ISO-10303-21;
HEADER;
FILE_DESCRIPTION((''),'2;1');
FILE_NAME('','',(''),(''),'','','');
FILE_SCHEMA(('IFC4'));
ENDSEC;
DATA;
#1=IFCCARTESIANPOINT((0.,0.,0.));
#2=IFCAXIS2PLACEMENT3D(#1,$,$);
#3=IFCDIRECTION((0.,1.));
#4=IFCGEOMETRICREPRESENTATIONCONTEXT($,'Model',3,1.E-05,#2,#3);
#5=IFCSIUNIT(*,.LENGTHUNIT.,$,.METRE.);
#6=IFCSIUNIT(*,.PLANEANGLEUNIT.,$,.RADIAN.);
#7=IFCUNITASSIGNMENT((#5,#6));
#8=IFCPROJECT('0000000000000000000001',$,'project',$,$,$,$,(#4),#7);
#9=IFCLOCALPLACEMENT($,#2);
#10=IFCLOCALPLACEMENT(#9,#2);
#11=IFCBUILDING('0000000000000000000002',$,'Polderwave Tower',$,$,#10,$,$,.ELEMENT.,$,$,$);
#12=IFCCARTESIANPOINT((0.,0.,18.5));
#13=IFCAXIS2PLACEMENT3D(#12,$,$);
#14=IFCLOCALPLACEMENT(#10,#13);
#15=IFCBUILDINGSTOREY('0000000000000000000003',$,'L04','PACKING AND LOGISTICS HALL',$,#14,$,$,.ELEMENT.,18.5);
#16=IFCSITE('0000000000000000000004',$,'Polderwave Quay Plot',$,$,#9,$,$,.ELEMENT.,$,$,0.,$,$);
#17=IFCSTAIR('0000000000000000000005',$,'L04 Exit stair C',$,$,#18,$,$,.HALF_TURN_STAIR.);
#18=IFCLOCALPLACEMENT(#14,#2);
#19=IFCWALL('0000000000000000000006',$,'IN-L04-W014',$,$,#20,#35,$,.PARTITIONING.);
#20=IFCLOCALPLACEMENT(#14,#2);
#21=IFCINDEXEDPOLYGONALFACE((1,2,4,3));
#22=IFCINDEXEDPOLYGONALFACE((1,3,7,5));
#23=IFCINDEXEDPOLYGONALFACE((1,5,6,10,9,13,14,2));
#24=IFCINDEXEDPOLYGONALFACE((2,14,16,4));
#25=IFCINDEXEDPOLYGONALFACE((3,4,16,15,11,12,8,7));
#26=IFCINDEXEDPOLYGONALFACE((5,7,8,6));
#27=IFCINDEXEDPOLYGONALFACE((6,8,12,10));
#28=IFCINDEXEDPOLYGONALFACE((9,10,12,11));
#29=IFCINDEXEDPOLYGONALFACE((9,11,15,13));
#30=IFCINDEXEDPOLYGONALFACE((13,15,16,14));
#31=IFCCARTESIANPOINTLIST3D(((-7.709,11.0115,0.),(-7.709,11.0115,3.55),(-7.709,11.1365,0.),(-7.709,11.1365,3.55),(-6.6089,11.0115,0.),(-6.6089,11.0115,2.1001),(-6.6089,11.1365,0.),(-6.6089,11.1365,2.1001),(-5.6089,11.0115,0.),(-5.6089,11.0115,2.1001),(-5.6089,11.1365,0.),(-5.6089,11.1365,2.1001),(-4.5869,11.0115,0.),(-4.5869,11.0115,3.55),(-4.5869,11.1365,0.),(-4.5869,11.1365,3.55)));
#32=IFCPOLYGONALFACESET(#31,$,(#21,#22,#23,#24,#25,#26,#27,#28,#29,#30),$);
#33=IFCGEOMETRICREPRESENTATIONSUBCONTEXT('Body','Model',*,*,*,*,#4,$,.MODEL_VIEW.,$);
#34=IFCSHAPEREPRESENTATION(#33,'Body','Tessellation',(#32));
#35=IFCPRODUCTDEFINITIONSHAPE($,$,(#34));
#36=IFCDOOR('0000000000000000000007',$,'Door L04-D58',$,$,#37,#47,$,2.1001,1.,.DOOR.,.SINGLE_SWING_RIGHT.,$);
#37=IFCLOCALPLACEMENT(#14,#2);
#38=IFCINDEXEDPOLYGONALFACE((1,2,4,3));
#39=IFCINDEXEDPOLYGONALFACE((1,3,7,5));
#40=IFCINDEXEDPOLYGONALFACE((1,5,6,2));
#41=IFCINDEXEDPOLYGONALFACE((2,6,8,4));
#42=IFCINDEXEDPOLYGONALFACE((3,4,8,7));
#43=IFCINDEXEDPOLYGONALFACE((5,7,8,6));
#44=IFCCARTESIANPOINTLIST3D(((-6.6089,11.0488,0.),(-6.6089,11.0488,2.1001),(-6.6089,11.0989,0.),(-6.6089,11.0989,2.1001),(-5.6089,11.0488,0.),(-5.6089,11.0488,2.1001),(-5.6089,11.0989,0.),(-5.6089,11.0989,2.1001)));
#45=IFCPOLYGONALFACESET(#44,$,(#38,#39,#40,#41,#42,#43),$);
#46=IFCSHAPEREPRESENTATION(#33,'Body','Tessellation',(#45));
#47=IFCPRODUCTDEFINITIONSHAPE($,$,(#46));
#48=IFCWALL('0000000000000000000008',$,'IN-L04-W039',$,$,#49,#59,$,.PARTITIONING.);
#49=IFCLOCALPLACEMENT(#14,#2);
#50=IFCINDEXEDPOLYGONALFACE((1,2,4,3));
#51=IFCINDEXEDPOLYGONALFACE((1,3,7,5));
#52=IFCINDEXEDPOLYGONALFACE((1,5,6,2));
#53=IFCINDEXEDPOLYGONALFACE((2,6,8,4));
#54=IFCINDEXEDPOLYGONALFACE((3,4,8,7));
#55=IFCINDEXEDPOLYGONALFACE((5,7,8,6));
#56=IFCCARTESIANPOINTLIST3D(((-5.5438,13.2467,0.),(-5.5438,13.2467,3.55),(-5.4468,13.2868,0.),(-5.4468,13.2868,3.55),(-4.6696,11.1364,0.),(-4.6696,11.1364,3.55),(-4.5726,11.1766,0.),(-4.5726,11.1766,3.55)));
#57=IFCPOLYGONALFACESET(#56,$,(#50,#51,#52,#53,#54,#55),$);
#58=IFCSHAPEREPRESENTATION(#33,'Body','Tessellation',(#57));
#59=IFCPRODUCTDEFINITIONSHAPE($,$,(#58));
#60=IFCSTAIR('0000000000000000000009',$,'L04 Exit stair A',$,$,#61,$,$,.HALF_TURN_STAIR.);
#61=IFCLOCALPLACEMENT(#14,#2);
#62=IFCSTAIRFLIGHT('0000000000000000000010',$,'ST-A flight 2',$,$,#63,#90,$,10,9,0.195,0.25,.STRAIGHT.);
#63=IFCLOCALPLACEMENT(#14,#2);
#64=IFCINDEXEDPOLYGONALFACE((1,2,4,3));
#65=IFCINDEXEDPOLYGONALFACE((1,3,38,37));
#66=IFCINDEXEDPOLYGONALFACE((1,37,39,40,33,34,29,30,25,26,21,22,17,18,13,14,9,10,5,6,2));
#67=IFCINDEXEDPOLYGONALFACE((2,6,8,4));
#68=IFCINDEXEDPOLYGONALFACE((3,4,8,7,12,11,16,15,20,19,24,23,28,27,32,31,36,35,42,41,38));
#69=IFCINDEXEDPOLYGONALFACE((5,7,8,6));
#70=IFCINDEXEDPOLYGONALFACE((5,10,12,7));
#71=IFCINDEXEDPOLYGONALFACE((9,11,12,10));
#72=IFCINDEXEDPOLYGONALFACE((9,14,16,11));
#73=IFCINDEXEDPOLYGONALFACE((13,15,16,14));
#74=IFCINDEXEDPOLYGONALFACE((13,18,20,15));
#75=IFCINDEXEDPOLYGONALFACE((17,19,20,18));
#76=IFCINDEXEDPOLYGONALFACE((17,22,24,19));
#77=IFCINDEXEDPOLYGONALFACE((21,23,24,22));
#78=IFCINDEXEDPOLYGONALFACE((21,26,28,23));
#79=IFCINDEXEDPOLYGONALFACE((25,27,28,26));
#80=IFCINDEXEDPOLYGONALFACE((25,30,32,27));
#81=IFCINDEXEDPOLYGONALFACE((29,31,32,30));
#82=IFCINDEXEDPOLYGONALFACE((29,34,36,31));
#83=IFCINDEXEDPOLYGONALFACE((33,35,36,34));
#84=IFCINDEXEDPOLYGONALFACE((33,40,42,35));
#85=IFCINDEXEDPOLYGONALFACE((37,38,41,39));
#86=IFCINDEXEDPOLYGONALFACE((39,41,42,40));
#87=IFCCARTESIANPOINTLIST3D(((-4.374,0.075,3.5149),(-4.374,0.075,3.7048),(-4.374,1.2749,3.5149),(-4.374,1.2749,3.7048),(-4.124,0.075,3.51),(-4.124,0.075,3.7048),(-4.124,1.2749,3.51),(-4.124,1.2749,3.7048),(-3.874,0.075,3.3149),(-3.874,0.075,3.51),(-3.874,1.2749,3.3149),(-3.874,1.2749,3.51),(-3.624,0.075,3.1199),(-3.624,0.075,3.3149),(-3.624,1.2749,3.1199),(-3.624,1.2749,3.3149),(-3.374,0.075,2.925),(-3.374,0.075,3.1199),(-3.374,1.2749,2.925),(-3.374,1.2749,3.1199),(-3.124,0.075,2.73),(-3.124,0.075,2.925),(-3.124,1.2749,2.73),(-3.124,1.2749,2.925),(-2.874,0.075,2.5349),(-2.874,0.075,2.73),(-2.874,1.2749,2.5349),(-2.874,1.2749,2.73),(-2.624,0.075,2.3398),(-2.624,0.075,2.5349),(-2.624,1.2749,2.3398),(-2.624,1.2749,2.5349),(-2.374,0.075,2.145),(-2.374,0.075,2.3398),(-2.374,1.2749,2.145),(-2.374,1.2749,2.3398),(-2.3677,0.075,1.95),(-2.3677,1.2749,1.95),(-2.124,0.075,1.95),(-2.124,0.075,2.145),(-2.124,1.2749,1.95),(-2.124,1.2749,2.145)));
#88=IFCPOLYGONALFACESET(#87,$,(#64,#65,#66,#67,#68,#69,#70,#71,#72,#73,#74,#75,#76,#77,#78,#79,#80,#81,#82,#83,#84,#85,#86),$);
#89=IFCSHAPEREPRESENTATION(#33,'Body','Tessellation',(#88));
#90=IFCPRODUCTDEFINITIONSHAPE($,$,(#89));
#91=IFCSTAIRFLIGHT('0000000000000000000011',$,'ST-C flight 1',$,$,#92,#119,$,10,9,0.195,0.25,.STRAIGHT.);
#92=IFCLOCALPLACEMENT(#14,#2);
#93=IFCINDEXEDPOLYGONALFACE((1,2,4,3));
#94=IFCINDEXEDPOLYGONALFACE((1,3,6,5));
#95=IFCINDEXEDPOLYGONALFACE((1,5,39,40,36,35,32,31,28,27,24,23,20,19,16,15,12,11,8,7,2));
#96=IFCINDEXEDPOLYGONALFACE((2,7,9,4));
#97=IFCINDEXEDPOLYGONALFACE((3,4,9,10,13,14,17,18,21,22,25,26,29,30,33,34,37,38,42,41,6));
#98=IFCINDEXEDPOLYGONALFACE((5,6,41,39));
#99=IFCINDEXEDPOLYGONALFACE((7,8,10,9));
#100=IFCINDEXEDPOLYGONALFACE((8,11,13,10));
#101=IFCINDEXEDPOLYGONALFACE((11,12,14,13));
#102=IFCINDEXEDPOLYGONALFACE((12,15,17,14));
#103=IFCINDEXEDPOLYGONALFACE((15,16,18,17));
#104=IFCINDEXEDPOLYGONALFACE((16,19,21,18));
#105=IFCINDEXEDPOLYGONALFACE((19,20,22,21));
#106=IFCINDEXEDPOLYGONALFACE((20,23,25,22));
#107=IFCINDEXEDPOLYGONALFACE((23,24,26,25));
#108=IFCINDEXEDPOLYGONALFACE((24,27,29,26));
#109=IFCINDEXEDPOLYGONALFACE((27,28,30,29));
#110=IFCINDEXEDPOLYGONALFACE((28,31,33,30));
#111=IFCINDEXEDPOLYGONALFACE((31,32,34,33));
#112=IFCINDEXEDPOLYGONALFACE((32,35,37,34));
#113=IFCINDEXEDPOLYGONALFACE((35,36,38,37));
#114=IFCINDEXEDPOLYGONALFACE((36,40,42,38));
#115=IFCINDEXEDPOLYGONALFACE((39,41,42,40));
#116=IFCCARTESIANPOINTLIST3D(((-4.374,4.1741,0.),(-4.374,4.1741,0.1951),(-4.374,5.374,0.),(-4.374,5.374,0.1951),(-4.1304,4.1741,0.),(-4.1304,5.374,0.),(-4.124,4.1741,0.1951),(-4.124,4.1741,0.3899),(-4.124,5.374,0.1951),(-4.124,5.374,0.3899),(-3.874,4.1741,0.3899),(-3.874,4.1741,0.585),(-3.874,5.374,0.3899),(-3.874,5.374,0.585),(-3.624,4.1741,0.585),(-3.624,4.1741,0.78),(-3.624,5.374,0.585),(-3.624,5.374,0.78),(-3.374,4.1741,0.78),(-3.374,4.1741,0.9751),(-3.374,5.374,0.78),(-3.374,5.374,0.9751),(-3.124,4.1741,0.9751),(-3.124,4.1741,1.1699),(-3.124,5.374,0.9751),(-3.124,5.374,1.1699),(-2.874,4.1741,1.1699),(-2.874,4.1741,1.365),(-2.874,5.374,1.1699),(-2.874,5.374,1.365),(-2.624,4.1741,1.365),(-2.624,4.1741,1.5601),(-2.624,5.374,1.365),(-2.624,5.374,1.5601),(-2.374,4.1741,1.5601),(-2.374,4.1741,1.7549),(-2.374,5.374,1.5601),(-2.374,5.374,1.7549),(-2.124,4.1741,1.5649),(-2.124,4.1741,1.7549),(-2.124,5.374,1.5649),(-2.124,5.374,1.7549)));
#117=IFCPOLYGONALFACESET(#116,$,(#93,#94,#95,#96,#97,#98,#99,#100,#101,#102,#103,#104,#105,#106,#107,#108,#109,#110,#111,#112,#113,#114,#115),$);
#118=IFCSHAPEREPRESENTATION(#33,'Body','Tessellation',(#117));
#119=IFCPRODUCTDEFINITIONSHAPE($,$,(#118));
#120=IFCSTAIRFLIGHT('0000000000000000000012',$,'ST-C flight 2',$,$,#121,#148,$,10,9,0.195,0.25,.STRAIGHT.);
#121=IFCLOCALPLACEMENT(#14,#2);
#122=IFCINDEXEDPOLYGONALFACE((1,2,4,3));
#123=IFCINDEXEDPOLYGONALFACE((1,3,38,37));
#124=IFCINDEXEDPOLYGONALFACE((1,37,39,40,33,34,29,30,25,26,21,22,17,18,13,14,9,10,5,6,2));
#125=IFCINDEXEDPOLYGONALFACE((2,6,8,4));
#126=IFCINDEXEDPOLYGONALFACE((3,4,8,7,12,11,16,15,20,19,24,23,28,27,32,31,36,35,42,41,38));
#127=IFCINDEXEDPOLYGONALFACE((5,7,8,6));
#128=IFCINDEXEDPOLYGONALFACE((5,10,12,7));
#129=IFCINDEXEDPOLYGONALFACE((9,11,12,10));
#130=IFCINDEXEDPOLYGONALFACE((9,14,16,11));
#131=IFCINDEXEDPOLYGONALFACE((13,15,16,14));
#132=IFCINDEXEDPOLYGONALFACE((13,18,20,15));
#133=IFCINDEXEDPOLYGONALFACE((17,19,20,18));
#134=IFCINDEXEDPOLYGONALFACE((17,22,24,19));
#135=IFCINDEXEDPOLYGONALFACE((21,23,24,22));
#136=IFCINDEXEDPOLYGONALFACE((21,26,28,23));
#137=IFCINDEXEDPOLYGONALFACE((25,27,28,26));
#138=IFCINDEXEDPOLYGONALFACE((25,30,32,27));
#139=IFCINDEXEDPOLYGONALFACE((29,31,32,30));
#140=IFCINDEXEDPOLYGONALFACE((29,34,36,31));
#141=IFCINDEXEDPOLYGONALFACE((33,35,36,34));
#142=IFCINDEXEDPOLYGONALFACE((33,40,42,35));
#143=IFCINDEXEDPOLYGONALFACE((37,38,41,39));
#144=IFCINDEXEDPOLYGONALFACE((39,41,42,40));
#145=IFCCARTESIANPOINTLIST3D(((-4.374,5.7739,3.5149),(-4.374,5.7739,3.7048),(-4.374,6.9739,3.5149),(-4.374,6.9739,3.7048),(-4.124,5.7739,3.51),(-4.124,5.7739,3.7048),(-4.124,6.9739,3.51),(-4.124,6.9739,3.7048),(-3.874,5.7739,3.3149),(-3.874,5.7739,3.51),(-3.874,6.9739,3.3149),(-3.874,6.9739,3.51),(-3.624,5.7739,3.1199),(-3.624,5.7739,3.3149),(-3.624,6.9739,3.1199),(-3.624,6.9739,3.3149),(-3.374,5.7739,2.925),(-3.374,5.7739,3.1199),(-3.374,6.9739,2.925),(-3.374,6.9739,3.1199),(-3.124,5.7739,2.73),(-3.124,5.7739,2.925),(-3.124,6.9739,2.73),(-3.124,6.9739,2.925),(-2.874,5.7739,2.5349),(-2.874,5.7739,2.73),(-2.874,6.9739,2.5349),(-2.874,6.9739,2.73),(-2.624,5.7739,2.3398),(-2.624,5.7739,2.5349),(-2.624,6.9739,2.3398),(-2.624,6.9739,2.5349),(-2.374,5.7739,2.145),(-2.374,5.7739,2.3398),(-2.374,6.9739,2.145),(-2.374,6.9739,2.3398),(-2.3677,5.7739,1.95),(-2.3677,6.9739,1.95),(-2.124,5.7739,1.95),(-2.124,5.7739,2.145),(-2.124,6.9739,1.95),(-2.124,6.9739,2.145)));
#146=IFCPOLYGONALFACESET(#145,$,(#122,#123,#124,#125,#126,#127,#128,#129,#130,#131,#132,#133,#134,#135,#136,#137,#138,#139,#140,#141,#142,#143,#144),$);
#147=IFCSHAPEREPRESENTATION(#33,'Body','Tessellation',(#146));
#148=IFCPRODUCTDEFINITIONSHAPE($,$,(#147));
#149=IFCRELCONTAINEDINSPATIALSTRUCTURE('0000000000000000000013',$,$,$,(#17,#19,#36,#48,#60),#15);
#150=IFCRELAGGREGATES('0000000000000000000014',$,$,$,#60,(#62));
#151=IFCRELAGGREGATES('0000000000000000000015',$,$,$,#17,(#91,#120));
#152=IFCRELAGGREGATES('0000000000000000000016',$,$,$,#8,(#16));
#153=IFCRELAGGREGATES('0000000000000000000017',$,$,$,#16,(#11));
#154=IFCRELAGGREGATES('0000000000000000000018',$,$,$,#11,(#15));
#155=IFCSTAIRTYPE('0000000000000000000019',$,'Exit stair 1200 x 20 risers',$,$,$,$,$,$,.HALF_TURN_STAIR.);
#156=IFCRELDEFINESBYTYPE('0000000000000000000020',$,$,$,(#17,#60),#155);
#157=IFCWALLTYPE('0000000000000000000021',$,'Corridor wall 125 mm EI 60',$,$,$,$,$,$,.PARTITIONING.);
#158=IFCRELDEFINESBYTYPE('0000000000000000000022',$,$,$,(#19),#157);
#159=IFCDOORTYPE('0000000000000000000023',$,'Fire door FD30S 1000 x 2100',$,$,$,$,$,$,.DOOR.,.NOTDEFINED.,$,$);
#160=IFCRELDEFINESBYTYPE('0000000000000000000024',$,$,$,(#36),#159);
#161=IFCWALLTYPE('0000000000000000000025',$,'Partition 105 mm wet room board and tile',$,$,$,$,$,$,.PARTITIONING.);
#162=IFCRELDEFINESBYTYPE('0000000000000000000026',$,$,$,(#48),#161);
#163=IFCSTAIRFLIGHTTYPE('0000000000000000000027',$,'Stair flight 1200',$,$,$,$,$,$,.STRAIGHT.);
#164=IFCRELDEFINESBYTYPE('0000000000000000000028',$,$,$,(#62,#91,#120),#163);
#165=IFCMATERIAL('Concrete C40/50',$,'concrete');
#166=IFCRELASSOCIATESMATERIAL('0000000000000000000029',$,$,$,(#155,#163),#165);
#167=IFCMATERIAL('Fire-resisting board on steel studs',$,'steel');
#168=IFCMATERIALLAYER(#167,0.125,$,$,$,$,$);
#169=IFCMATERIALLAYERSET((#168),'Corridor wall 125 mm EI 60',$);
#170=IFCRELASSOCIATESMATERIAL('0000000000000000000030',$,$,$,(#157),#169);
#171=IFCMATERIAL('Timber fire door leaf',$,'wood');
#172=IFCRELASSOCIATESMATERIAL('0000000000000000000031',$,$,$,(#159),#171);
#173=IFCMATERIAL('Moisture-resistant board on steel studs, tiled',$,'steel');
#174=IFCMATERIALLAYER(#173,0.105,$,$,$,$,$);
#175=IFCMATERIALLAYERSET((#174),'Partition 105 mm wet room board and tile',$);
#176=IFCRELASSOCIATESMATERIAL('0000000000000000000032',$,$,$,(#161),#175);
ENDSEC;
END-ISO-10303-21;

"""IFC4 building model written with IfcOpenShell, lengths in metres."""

from ifc_helpers import new_model, si_unit, direction, frame, frame_2d, origin, place, context, subcontext, project, spatial, polyline, rectangle, outline, extrude, material, layer, layer_set, type_object, element, fill, aggregate, save


model = new_model("IFC4")

# Units and contexts
model_context = context("Model", 3, precision=1e-05, world=origin(), true_north=direction((0.0, 1.0)))
body_context = subcontext(model_context, "Body", "Model", "MODEL_VIEW")
ifc_project = project(units=[si_unit("LENGTHUNIT", "METRE"), si_unit("PLANEANGLEUNIT", "RADIAN")], contexts=[model_context])

# Site, building, storey
site_placement = place(None, origin())
site = spatial("IfcSite", under=ifc_project, at=site_placement, Name="Polderwave Quay Plot", CompositionType="ELEMENT", RefElevation=0.0)
building_placement = place(site_placement, origin())
building = spatial("IfcBuilding", under=site, at=building_placement, Name="Polderwave Tower", CompositionType="ELEMENT")
storey_placement = place(building_placement, frame((0.0, 0.0, 18.5)))
storey = spatial("IfcBuildingStorey", under=building, at=storey_placement, Name="L04", Description="PACKING AND LOGISTICS HALL", CompositionType="ELEMENT", Elevation=18.5)

# Shared definitions
ifc_material_1 = material(Name="Concrete C40/50", Category="concrete")

# Stair
stair_type = type_object("IfcStairType", Name="Exit stair 1200 x 20 risers", PredefinedType="HALF_TURN_STAIR", material=ifc_material_1)
stair_1_placement = place(storey_placement, origin())
stair_1 = element("IfcStair", 1, at=stair_1_placement, inside=storey, type_object=stair_type, Name="L04 Exit stair C", PredefinedType="HALF_TURN_STAIR")

# Wall, opening, door
ifc_material_2 = material(Name="Fire-resisting board on steel studs", Category="steel")
ifc_layer_1 = layer(ifc_material_2, 0.125)
ifc_layer_set_1 = layer_set([ifc_layer_1], Name="Corridor wall 125 mm EI 60")
wall_type_1 = type_object("IfcWallType", Name="Corridor wall 125 mm EI 60", PredefinedType="PARTITIONING", material=ifc_layer_set_1)
ifc_material_3 = material(Name="Timber fire door leaf", Category="wood")
door_type_1 = type_object("IfcDoorType", Name="Fire door FD30S 1000 x 2100", OperationType="NOTDEFINED", PredefinedType="DOOR", material=ifc_material_3)
wall_1_placement = place(storey_placement, frame((-7.709, 11.074, 0.0), z_axis=(0.0, 0.0, 1.0), x_axis=(1.0, 0.0, 0.0)))
wall_1 = element("IfcWall", 2, at=wall_1_placement, inside=storey, type_object=wall_type_1, Name="IN-L04-W014", PredefinedType="PARTITIONING", context=body_context, shape_type="SweptSolid", body=[
    extrude(rectangle(XDim=3.1221, YDim=0.125, at=frame_2d((1.561, 0.0))), origin(), (0.0, 0.0, 1.0), 3.55),
])
opening_1_placement = place(wall_1_placement, frame((1.1001, 0.0, 0.0)))
opening_1 = element("IfcOpeningElement", 3, at=opening_1_placement, cuts=wall_1, PredefinedType="OPENING", context=body_context, shape_type="SweptSolid", body=[
    extrude(rectangle(XDim=1.0, YDim=2.1001, at=frame_2d((0.5, 1.05))), frame((0.0, 0.0725, 0.0), z_axis=(0.0, -1.0, 0.0), x_axis=(1.0, 0.0, 0.0)), (0.0, 0.0, 1.0), 0.145),
])
door_1_placement = place(opening_1_placement, origin())
door_1 = element("IfcDoor", 4, at=door_1_placement, inside=storey, type_object=door_type_1, Name="Door L04-D58", OperationType="SINGLE_SWING_RIGHT", OverallHeight=2.1001, OverallWidth=1.0, PredefinedType="DOOR", context=body_context, shape_type="SweptSolid", body=[
    extrude(rectangle(XDim=1.0, YDim=2.1001, at=frame_2d((0.5, 1.05))), frame((0.0, 0.0249, 0.0), z_axis=(0.0, -1.0, 0.0), x_axis=(1.0, 0.0, 0.0)), (0.0, 0.0, 1.0), 0.05),
])
fill(opening_1, door_1)

# Wall
ifc_material_4 = material(Name="Moisture-resistant board on steel studs, tiled", Category="steel")
ifc_layer_2 = layer(ifc_material_4, 0.105)
ifc_layer_set_2 = layer_set([ifc_layer_2], Name="Partition 105 mm wet room board and tile")
wall_type_2 = type_object("IfcWallType", Name="Partition 105 mm wet room board and tile", PredefinedType="PARTITIONING", material=ifc_layer_set_2)
wall_2_placement = place(storey_placement, frame((-4.6211, 11.1565, 0.0), z_axis=(0.0, 0.0, 1.0), x_axis=(-0.382733, 0.923859, 0.0)))
element("IfcWall", 5, at=wall_2_placement, inside=storey, type_object=wall_type_2, Name="IN-L04-W039", PredefinedType="PARTITIONING", context=body_context, shape_type="SweptSolid", body=[
    extrude(rectangle(XDim=2.2842, YDim=0.105, at=frame_2d((1.1421, 0.0))), origin(), (0.0, 0.0, 1.0), 3.55),
])

# Stair, stair flight
stair_2_placement = place(storey_placement, origin())
stair_2 = element("IfcStair", 6, at=stair_2_placement, inside=storey, type_object=stair_type, Name="L04 Exit stair A", PredefinedType="HALF_TURN_STAIR")
stair_flight_type = type_object("IfcStairFlightType", Name="Stair flight 1200", PredefinedType="STRAIGHT", material=ifc_material_1)
stair_flight_1_placement = place(storey_placement, frame((-2.124, 0.675, 1.95), z_axis=(0.0, 0.0, 1.0), x_axis=(-1.0, 0.0, 0.0)))
stair_flight_1 = element("IfcStairFlight", 7, at=stair_flight_1_placement, type_object=stair_flight_type, Name="ST-A flight 2", NumberOfRisers=10, NumberOfTreads=9, PredefinedType="STRAIGHT", RiserHeight=0.195, TreadLength=0.25, context=body_context, shape_type="SweptSolid", body=[
    extrude(outline(polyline([(0.0, 0.0), (0.0, 0.1951), (0.25, 0.1951), (0.25, 0.3899), (0.5, 0.3899), (0.5, 0.585), (0.75, 0.585), (0.75, 0.78), (1.0, 0.78), (1.0, 0.9751), (1.25, 0.9751), (1.25, 1.1699), (1.5, 1.1699), (1.5, 1.365), (1.75, 1.365), (1.75, 1.5601), (2.0, 1.5601), (2.0, 1.7549), (2.25, 1.7549), (2.25, 1.95), (2.25, 1.5649), (0.2437, 0.0), (0.0, 0.0)])), frame((0.0, 0.6001, 0.0), z_axis=(0.0, -1.0, 0.0), x_axis=(1.0, 0.0, 0.0)), (0.0, 0.0, 1.0), 1.2),
])
aggregate(stair_2, [stair_flight_1])

# Stair flights
stair_flight_2_placement = place(storey_placement, frame((-4.374, 4.7739, 0.0), z_axis=(0.0, 0.0, 1.0), x_axis=(1.0, 0.0, 0.0)))
stair_flight_2 = element("IfcStairFlight", 8, at=stair_flight_2_placement, type_object=stair_flight_type, Name="ST-C flight 1", NumberOfRisers=10, NumberOfTreads=9, PredefinedType="STRAIGHT", RiserHeight=0.195, TreadLength=0.25, context=body_context, shape_type="SweptSolid", body=[
    extrude(outline(polyline([(0.0, 0.0), (0.0, 0.1951), (0.25, 0.1951), (0.25, 0.3899), (0.5, 0.3899), (0.5, 0.585), (0.75, 0.585), (0.75, 0.78), (1.0, 0.78), (1.0, 0.9751), (1.25, 0.9751), (1.25, 1.1699), (1.5, 1.1699), (1.5, 1.365), (1.75, 1.365), (1.75, 1.5601), (2.0, 1.5601), (2.0, 1.7549), (2.25, 1.7549), (2.25, 1.95), (2.25, 1.5649), (0.2437, 0.0), (0.0, 0.0)])), frame((0.0, 0.6001, 0.0), z_axis=(0.0, -1.0, 0.0), x_axis=(1.0, 0.0, 0.0)), (0.0, 0.0, 1.0), 1.2),
])
stair_flight_3_placement = place(storey_placement, frame((-2.124, 6.374, 1.95), z_axis=(0.0, 0.0, 1.0), x_axis=(-1.0, 0.0, 0.0)))
stair_flight_3 = element("IfcStairFlight", 9, at=stair_flight_3_placement, type_object=stair_flight_type, Name="ST-C flight 2", NumberOfRisers=10, NumberOfTreads=9, PredefinedType="STRAIGHT", RiserHeight=0.195, TreadLength=0.25, context=body_context, shape_type="SweptSolid", body=[
    extrude(outline(polyline([(0.0, 0.0), (0.0, 0.1951), (0.25, 0.1951), (0.25, 0.3899), (0.5, 0.3899), (0.5, 0.585), (0.75, 0.585), (0.75, 0.78), (1.0, 0.78), (1.0, 0.9751), (1.25, 0.9751), (1.25, 1.1699), (1.5, 1.1699), (1.5, 1.365), (1.75, 1.365), (1.75, 1.5601), (2.0, 1.5601), (2.0, 1.7549), (2.25, 1.7549), (2.25, 1.95), (2.25, 1.5649), (0.2437, 0.0), (0.0, 0.0)])), frame((0.0, 0.6001, 0.0), z_axis=(0.0, -1.0, 0.0), x_axis=(1.0, 0.0, 0.0)), (0.0, 0.0, 1.0), 1.2),
])
aggregate(stair_1, [stair_flight_2, stair_flight_3])

save(model, "model.ifc")
